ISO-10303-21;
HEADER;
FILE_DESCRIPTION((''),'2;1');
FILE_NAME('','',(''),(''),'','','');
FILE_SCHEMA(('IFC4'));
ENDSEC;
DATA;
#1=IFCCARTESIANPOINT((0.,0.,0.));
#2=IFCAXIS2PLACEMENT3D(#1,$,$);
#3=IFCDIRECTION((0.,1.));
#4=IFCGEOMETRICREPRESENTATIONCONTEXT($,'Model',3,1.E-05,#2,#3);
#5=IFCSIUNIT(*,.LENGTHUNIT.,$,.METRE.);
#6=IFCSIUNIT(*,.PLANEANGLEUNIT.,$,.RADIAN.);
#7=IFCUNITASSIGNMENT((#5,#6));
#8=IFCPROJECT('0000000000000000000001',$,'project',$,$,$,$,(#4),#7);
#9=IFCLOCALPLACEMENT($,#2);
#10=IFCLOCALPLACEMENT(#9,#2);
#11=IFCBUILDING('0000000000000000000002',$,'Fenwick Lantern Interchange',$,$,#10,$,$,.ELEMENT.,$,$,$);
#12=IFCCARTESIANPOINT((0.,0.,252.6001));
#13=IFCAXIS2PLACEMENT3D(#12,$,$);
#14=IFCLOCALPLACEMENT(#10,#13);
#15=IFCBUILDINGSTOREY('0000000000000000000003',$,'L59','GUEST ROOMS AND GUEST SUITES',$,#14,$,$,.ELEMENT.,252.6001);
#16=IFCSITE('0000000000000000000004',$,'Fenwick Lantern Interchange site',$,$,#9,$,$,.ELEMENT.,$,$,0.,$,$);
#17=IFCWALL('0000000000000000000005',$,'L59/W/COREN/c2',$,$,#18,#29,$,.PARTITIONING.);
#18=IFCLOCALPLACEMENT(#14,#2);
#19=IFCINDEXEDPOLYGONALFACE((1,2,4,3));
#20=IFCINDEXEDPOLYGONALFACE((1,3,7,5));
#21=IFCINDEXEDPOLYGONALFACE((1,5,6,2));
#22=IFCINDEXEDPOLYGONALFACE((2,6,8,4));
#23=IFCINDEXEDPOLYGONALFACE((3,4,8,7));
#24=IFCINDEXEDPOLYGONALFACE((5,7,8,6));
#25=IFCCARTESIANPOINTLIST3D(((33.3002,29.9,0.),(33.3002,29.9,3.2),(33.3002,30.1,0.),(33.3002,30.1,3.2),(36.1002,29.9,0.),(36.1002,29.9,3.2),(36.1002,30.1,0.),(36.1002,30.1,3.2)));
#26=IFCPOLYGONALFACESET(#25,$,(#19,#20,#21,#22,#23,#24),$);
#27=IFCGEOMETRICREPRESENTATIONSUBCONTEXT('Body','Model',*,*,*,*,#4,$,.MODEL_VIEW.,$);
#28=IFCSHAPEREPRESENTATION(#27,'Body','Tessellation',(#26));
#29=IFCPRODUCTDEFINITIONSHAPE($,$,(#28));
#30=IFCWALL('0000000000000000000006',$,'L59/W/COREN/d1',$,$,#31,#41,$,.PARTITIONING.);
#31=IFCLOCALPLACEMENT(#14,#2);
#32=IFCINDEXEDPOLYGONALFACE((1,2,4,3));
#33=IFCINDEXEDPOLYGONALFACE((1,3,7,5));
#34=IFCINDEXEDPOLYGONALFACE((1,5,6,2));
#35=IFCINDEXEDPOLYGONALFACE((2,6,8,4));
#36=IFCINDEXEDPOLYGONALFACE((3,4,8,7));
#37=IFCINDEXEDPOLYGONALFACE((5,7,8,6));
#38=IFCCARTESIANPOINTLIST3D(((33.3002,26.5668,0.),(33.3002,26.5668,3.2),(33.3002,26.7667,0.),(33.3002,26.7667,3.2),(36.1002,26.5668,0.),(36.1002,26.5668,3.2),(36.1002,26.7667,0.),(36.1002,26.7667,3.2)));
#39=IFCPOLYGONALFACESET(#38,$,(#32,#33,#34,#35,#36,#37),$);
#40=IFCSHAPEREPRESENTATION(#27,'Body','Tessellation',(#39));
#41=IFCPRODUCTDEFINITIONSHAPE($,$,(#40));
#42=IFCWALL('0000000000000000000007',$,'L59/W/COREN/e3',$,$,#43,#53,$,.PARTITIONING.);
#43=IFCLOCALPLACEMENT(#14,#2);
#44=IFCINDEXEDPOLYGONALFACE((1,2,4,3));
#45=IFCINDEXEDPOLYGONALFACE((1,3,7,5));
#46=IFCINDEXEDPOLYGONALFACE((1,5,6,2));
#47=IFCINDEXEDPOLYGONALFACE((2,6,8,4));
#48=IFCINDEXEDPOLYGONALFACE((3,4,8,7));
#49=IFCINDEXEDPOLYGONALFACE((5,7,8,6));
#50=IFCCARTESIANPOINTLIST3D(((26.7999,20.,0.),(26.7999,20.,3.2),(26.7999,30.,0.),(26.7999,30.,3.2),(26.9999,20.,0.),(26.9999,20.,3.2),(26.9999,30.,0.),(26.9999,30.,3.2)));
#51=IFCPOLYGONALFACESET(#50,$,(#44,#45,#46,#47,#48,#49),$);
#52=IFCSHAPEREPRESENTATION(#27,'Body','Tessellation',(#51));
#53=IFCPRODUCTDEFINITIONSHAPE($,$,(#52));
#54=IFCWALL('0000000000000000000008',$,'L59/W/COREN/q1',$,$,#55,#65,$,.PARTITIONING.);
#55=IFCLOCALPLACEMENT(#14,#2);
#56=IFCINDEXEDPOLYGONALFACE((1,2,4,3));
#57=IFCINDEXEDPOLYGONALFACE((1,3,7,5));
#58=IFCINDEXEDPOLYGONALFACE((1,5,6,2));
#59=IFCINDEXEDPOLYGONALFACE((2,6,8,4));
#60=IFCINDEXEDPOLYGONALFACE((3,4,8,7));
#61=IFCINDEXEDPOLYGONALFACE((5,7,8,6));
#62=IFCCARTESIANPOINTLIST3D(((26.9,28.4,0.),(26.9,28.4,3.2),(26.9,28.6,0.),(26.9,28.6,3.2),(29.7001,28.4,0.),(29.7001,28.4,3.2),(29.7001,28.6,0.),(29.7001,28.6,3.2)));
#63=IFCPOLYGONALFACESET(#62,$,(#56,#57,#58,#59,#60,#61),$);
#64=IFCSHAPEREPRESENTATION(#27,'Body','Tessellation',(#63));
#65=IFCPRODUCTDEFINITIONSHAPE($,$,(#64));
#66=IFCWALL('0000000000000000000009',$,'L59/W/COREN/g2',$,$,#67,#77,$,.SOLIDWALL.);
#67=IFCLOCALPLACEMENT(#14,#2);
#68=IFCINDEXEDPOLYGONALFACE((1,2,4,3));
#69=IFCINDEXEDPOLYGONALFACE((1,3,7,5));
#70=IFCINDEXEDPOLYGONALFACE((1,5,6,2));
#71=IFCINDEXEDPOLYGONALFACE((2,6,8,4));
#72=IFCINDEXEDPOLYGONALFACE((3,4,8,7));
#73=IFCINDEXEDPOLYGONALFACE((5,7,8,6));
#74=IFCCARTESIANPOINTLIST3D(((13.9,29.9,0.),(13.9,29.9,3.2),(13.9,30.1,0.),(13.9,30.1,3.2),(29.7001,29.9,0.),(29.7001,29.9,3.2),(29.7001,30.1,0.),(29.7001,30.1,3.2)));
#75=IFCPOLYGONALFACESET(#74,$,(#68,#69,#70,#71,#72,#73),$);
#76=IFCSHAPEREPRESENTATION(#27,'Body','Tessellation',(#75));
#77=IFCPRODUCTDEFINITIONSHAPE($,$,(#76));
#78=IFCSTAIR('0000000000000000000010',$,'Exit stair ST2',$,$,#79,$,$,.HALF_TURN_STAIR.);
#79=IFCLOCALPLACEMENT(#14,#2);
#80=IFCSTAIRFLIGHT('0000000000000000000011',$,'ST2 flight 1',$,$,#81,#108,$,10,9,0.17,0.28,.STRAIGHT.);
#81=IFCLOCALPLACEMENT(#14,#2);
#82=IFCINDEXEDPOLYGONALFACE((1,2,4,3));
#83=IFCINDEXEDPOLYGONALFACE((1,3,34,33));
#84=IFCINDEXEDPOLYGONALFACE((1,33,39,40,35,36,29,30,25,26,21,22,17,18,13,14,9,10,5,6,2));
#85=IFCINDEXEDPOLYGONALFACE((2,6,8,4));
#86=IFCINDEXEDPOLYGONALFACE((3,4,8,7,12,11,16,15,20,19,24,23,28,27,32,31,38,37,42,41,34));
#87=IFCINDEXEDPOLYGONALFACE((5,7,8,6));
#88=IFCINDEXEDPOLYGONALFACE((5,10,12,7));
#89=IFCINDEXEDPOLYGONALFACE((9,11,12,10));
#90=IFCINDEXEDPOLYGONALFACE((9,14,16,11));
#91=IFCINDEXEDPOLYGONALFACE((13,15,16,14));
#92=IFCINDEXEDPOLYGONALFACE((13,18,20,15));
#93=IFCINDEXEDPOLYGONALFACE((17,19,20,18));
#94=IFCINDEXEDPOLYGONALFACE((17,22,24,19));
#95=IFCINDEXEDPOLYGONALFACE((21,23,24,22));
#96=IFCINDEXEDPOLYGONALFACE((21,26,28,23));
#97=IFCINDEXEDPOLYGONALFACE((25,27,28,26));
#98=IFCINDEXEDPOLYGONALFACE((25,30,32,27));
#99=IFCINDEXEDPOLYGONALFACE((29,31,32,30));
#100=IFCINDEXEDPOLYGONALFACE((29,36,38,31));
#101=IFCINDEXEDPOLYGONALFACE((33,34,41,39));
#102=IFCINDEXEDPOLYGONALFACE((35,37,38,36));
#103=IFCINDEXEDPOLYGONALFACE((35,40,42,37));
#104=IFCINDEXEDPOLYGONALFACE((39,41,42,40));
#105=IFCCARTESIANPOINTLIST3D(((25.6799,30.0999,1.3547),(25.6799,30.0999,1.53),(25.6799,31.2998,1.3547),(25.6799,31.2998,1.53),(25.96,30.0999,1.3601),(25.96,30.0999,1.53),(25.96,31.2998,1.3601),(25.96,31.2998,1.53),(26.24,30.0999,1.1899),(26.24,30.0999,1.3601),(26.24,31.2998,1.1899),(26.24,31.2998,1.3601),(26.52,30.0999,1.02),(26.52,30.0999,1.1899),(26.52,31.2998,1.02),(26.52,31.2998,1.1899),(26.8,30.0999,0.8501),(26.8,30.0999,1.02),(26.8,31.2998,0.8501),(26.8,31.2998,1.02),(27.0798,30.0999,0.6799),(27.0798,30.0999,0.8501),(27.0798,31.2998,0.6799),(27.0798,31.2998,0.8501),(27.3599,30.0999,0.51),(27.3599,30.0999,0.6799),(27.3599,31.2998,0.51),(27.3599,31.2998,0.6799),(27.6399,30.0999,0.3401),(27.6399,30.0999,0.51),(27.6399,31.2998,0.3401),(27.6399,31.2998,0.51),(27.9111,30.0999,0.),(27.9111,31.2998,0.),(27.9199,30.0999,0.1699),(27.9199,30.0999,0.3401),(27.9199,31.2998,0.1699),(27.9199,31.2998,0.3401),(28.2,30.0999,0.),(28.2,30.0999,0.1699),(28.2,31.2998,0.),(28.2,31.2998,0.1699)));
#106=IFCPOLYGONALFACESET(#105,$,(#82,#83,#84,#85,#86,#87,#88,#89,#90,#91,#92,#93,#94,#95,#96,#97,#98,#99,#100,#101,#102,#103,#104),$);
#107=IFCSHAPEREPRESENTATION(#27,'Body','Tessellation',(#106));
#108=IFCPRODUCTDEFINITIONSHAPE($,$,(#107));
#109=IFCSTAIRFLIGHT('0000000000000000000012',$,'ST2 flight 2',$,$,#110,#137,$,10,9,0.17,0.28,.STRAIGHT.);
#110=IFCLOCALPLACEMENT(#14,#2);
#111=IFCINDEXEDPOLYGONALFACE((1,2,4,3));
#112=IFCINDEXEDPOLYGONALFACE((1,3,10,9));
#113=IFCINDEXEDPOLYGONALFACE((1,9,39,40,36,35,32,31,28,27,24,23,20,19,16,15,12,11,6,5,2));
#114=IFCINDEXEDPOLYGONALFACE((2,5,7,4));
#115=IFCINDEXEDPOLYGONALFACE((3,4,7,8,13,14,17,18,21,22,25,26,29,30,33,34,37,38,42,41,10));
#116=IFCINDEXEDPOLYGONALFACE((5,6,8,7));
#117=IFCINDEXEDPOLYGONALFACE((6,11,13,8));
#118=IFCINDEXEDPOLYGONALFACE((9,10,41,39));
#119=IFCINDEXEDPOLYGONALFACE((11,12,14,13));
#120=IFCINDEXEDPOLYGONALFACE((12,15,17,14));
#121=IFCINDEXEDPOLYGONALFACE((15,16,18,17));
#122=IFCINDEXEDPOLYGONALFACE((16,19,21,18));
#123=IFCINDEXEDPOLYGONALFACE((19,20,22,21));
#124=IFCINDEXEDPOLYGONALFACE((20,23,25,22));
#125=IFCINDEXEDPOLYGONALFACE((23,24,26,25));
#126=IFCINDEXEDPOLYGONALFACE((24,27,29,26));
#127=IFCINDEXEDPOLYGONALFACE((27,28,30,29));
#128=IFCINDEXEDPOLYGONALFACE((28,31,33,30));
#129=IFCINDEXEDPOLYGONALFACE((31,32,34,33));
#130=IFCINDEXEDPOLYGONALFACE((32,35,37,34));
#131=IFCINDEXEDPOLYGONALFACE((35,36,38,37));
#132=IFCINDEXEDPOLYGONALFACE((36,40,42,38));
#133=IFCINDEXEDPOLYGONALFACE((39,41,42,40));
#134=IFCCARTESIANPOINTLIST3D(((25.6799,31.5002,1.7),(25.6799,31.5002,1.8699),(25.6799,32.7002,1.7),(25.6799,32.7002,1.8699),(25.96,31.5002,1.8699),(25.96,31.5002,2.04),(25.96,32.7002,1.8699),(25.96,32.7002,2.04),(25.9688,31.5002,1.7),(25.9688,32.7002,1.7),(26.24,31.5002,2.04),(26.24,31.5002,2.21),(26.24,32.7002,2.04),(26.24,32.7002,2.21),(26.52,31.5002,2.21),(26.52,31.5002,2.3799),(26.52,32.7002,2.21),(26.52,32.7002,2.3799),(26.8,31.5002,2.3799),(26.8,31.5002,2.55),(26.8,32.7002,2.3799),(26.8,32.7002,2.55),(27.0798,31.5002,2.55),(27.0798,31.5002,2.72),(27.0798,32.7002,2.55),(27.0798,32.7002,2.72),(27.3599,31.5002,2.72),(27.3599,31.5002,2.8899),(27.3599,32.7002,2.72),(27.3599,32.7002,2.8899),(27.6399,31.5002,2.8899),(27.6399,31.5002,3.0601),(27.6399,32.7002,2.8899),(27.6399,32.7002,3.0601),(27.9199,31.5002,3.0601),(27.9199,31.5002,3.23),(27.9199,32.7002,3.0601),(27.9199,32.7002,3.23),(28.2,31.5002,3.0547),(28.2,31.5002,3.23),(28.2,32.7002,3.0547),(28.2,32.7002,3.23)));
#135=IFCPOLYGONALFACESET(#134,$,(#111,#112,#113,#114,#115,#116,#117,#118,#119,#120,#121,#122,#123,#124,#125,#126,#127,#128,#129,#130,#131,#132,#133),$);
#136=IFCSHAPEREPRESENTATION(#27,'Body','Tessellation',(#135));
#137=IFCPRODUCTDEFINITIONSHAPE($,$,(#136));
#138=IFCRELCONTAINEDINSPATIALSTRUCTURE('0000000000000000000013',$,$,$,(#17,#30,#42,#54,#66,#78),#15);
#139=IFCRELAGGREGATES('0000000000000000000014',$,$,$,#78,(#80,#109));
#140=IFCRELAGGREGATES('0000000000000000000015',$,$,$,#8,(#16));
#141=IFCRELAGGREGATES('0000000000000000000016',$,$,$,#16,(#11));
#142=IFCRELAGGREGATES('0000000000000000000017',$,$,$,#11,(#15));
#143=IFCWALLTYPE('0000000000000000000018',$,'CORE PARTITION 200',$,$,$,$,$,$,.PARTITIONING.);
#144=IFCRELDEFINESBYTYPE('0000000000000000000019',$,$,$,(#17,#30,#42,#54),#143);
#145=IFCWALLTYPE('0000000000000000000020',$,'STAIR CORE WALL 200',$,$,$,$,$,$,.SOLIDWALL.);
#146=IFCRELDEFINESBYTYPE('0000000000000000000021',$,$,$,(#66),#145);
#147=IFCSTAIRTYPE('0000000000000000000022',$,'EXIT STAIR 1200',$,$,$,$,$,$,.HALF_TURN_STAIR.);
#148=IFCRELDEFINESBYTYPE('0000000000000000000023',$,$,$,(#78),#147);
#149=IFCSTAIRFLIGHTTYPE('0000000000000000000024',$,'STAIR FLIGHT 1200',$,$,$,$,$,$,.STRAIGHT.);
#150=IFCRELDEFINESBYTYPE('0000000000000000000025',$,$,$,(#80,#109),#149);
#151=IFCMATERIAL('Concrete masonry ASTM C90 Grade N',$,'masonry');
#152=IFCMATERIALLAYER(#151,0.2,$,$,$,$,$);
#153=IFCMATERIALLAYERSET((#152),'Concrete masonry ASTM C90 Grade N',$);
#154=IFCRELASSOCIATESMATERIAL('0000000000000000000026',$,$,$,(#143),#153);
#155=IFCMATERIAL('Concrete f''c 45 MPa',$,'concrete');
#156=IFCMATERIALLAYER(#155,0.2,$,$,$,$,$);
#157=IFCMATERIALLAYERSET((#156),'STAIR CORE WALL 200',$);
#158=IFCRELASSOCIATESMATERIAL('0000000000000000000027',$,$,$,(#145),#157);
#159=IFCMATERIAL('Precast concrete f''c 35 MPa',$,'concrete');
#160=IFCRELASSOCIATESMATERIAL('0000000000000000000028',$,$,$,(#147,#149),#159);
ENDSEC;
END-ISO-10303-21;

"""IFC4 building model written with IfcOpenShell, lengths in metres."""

from ifc_helpers import new_model, si_unit, direction, frame, frame_2d, origin, place, context, subcontext, project, spatial, polyline, rectangle, outline, extrude, material, layer, layer_set, type_object, element, aggregate, save


model = new_model("IFC4")

# Units and contexts
model_context = context("Model", 3, precision=1e-05, world=origin(), true_north=direction((0.0, 1.0)))
body_context = subcontext(model_context, "Body", "Model", "MODEL_VIEW")
ifc_project = project(units=[si_unit("LENGTHUNIT", "METRE"), si_unit("PLANEANGLEUNIT", "RADIAN")], contexts=[model_context])

# Site, building, storey
site_placement = place(None, origin())
site = spatial("IfcSite", under=ifc_project, at=site_placement, Name="Fenwick Lantern Interchange site", CompositionType="ELEMENT", RefElevation=0.0)
building_placement = place(site_placement, origin())
building = spatial("IfcBuilding", under=site, at=building_placement, Name="Fenwick Lantern Interchange", CompositionType="ELEMENT")
storey_placement = place(building_placement, frame((0.0, 0.0, 252.6001)))
storey = spatial("IfcBuildingStorey", under=building, at=storey_placement, Name="L59", Description="GUEST ROOMS AND GUEST SUITES", CompositionType="ELEMENT", Elevation=252.6001)

# Walls
ifc_material_1 = material(Name="Concrete masonry ASTM C90 Grade N", Category="masonry")
ifc_layer_1 = layer(ifc_material_1, 0.2)
ifc_layer_set_1 = layer_set([ifc_layer_1], Name="Concrete masonry ASTM C90 Grade N")
wall_type_1 = type_object("IfcWallType", Name="CORE PARTITION 200", PredefinedType="PARTITIONING", material=ifc_layer_set_1)
for number, where, z_axis, x_axis, name in (
    (1, (36.1001, 30.0, 0.0), (0.0, 0.0, 1.0), (-1.0, 0.0, 0.0), "L59/W/COREN/c2"),
    (2, (36.1001, 26.6667, 0.0), (0.0, 0.0, 1.0), (-1.0, 0.0, 0.0), "L59/W/COREN/d1"),
):
    element("IfcWall", number, at=place(storey_placement, frame(where, z_axis=z_axis, x_axis=x_axis)), inside=storey, type_object=wall_type_1, Name=name, PredefinedType="PARTITIONING", context=body_context, shape_type="SweptSolid", body=[
        extrude(rectangle(XDim=2.8, YDim=0.2, at=frame_2d((1.3999, 0.0))), origin(), (0.0, 0.0, 1.0), 3.2),
    ])
wall_1_placement = place(storey_placement, frame((26.8999, 30.0, 0.0), z_axis=(0.0, 0.0, 1.0), x_axis=(0.0, -1.0, 0.0)))
element("IfcWall", 3, at=wall_1_placement, inside=storey, type_object=wall_type_1, Name="L59/W/COREN/e3", PredefinedType="PARTITIONING", context=body_context, shape_type="SweptSolid", body=[
    extrude(rectangle(XDim=10.0, YDim=0.2, at=frame_2d((5.0, 0.0))), origin(), (0.0, 0.0, 1.0), 3.2),
])
wall_2_placement = place(storey_placement, frame((29.7, 28.5, 0.0), z_axis=(0.0, 0.0, 1.0), x_axis=(-1.0, 0.0, 0.0)))
element("IfcWall", 4, at=wall_2_placement, inside=storey, type_object=wall_type_1, Name="L59/W/COREN/q1", PredefinedType="PARTITIONING", context=body_context, shape_type="SweptSolid", body=[
    extrude(rectangle(XDim=2.8, YDim=0.2, at=frame_2d((1.3999, 0.0))), origin(), (0.0, 0.0, 1.0), 3.2),
])
ifc_material_2 = material(Name="Concrete f'c 45 MPa", Category="concrete")
ifc_layer_2 = layer(ifc_material_2, 0.2)
ifc_layer_set_2 = layer_set([ifc_layer_2], Name="STAIR CORE WALL 200")
wall_type_2 = type_object("IfcWallType", Name="STAIR CORE WALL 200", PredefinedType="SOLIDWALL", material=ifc_layer_set_2)
wall_3_placement = place(storey_placement, frame((29.7, 30.0, 0.0), z_axis=(0.0, 0.0, 1.0), x_axis=(-1.0, 0.0, 0.0)))
element("IfcWall", 5, at=wall_3_placement, inside=storey, type_object=wall_type_2, Name="L59/W/COREN/g2", PredefinedType="SOLIDWALL", context=body_context, shape_type="SweptSolid", body=[
    extrude(rectangle(XDim=15.8, YDim=0.2, at=frame_2d((7.8999, 0.0))), origin(), (0.0, 0.0, 1.0), 3.2),
])

# Stair, stair flights
ifc_material_3 = material(Name="Precast concrete f'c 35 MPa", Category="concrete")
stair_type = type_object("IfcStairType", Name="EXIT STAIR 1200", PredefinedType="HALF_TURN_STAIR", material=ifc_material_3)
stair_placement = place(storey_placement, origin())
stair = element("IfcStair", 6, at=stair_placement, inside=storey, type_object=stair_type, Name="Exit stair ST2", PredefinedType="HALF_TURN_STAIR")
stair_flight_type = type_object("IfcStairFlightType", Name="STAIR FLIGHT 1200", PredefinedType="STRAIGHT", material=ifc_material_3)
stair_flight_1_placement = place(storey_placement, frame((28.2, 30.7, 0.0), z_axis=(0.0, 0.0, 1.0), x_axis=(-1.0, 0.0, 0.0)))
stair_flight_1 = element("IfcStairFlight", 7, at=stair_flight_1_placement, type_object=stair_flight_type, Name="ST2 flight 1", NumberOfRisers=10, NumberOfTreads=9, PredefinedType="STRAIGHT", RiserHeight=0.17, TreadLength=0.28, context=body_context, shape_type="SweptSolid", body=[
    extrude(outline(polyline([(0.0, 0.0), (0.0, 0.1699), (0.28, 0.1699), (0.28, 0.3401), (0.5601, 0.3401), (0.5601, 0.51), (0.8401, 0.51), (0.8401, 0.6799), (1.1201, 0.6799), (1.1201, 0.8501), (1.3999, 0.8501), (1.3999, 1.02), (1.6799, 1.02), (1.6799, 1.1899), (1.96, 1.1899), (1.96, 1.3601), (2.24, 1.3601), (2.24, 1.53), (2.52, 1.53), (2.52, 1.7), (2.52, 1.3547), (0.2888, 0.0), (0.0, 0.0)])), frame((0.0, 0.6001, 0.0), z_axis=(0.0, -1.0, 0.0), x_axis=(1.0, 0.0, 0.0)), (0.0, 0.0, 1.0), 1.2),
])
stair_flight_2_placement = place(storey_placement, frame((25.6799, 32.1001, 1.7), z_axis=(0.0, 0.0, 1.0), x_axis=(1.0, 0.0, 0.0)))
stair_flight_2 = element("IfcStairFlight", 8, at=stair_flight_2_placement, type_object=stair_flight_type, Name="ST2 flight 2", NumberOfRisers=10, NumberOfTreads=9, PredefinedType="STRAIGHT", RiserHeight=0.17, TreadLength=0.28, context=body_context, shape_type="SweptSolid", body=[
    extrude(outline(polyline([(0.0, 0.0), (0.0, 0.1699), (0.28, 0.1699), (0.28, 0.3401), (0.5601, 0.3401), (0.5601, 0.51), (0.8401, 0.51), (0.8401, 0.6799), (1.1201, 0.6799), (1.1201, 0.8501), (1.3999, 0.8501), (1.3999, 1.02), (1.6799, 1.02), (1.6799, 1.1899), (1.96, 1.1899), (1.96, 1.3601), (2.24, 1.3601), (2.24, 1.53), (2.52, 1.53), (2.52, 1.7), (2.52, 1.3547), (0.2888, 0.0), (0.0, 0.0)])), frame((0.0, 0.6001, 0.0), z_axis=(0.0, -1.0, 0.0), x_axis=(1.0, 0.0, 0.0)), (0.0, 0.0, 1.0), 1.2),
])
aggregate(stair, [stair_flight_1, stair_flight_2])

save(model, "model.ifc")
